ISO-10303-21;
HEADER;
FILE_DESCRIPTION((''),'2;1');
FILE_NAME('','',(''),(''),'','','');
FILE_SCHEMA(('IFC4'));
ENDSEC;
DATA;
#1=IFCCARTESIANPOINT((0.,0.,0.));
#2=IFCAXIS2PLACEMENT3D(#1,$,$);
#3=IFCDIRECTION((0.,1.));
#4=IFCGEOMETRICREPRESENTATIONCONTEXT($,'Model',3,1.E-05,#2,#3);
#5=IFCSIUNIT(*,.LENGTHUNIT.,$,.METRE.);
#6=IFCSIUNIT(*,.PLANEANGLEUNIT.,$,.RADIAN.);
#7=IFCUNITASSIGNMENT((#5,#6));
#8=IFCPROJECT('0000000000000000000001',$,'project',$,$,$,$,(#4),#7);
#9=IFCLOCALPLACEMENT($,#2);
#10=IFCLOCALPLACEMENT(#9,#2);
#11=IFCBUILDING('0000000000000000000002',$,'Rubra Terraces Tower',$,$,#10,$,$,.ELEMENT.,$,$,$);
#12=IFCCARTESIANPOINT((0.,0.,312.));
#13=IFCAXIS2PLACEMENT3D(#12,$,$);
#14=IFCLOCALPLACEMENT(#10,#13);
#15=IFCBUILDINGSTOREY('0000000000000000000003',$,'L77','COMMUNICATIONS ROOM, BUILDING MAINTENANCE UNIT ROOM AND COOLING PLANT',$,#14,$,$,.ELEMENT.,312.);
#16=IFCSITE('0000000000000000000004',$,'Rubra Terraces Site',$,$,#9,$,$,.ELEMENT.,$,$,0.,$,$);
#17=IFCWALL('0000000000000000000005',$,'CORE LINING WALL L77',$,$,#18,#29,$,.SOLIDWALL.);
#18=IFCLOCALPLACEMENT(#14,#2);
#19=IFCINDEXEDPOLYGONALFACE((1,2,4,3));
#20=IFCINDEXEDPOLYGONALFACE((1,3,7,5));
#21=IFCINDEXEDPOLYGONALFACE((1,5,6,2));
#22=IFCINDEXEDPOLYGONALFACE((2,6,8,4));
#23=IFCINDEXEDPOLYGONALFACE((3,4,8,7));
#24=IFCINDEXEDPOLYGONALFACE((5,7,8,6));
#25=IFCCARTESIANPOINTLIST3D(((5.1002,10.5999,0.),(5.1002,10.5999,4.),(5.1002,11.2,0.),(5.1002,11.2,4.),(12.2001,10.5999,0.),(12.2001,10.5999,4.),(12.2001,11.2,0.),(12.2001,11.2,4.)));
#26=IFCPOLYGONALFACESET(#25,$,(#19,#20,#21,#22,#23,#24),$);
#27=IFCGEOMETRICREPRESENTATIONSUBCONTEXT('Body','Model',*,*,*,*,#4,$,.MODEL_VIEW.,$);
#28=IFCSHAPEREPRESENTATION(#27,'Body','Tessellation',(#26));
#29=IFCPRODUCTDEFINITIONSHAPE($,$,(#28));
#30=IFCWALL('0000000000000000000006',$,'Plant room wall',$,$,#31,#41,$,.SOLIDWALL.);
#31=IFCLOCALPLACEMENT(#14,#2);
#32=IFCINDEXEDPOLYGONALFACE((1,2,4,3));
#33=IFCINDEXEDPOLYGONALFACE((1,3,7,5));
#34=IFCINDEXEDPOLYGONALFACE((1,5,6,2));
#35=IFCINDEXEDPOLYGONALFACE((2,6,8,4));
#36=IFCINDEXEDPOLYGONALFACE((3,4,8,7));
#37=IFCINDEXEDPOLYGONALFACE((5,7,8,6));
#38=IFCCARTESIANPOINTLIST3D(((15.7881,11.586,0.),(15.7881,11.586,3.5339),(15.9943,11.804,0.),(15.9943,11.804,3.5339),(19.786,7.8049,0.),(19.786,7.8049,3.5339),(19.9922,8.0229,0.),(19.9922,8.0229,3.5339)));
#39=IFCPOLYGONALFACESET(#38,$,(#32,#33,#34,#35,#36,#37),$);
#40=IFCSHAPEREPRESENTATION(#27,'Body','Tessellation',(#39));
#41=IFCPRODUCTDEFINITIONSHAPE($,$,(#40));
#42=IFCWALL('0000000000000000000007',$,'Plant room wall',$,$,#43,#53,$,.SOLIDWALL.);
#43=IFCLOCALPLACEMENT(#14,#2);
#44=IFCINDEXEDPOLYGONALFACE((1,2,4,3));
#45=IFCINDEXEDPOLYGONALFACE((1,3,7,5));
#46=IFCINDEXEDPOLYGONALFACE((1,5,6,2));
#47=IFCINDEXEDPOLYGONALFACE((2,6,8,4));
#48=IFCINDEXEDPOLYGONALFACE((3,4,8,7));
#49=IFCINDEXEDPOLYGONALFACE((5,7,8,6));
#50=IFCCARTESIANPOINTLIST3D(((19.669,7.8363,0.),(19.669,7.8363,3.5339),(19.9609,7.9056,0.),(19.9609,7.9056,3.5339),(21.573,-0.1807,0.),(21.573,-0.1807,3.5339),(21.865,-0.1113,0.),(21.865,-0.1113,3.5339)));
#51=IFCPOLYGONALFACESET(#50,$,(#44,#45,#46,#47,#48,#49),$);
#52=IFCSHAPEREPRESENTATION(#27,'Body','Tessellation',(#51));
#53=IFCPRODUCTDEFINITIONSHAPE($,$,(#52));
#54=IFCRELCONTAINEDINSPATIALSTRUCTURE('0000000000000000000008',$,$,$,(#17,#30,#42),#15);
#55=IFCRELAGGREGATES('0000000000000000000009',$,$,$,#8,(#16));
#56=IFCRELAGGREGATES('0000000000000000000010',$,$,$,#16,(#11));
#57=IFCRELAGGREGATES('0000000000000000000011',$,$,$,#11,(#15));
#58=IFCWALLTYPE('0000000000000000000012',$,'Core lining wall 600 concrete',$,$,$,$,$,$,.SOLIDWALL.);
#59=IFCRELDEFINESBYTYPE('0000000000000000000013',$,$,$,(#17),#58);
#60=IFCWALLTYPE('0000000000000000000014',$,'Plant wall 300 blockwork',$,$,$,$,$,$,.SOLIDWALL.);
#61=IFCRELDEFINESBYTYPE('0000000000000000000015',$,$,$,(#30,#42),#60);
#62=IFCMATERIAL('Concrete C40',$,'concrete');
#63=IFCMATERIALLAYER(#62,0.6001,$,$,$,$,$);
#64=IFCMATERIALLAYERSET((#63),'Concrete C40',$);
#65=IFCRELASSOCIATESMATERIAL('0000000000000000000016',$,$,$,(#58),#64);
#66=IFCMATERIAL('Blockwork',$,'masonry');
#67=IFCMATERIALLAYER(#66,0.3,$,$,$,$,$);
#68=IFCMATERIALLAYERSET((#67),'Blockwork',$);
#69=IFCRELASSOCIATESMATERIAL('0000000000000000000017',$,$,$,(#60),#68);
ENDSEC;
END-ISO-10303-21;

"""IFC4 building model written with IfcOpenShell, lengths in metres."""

from ifc_helpers import new_model, si_unit, direction, frame, frame_2d, origin, place, context, subcontext, project, spatial, rectangle, extrude, material, layer, layer_set, type_object, element, save


model = new_model("IFC4")

# Units and contexts
model_context = context("Model", 3, precision=1e-05, world=origin(), true_north=direction((0.0, 1.0)))
body_context = subcontext(model_context, "Body", "Model", "MODEL_VIEW")
ifc_project = project(units=[si_unit("LENGTHUNIT", "METRE"), si_unit("PLANEANGLEUNIT", "RADIAN")], contexts=[model_context])

# Site, building, storey
site_placement = place(None, origin())
site = spatial("IfcSite", under=ifc_project, at=site_placement, Name="Rubra Terraces Site", CompositionType="ELEMENT", RefElevation=0.0)
building_placement = place(site_placement, origin())
building = spatial("IfcBuilding", under=site, at=building_placement, Name="Rubra Terraces Tower", CompositionType="ELEMENT")
storey_placement = place(building_placement, frame((0.0, 0.0, 312.0)))
storey = spatial("IfcBuildingStorey", under=building, at=storey_placement, Name="L77", Description="COMMUNICATIONS ROOM, BUILDING MAINTENANCE UNIT ROOM AND COOLING PLANT", CompositionType="ELEMENT", Elevation=312.0)

# Walls
ifc_material_1 = material(Name="Concrete C40", Category="concrete")
ifc_layer_1 = layer(ifc_material_1, 0.6001)
ifc_layer_set_1 = layer_set([ifc_layer_1], Name="Concrete C40")
wall_type_1 = type_object("IfcWallType", Name="Core lining wall 600 concrete", PredefinedType="SOLIDWALL", material=ifc_layer_set_1)
wall_1_placement = place(storey_placement, frame((12.2, 10.8999, 0.0), z_axis=(0.0, 0.0, 1.0), x_axis=(-1.0, 0.0, 0.0)))
element("IfcWall", 1, at=wall_1_placement, inside=storey, type_object=wall_type_1, Name="CORE LINING WALL L77", PredefinedType="SOLIDWALL", context=body_context, shape_type="SweptSolid", body=[
    extrude(rectangle(XDim=7.0999, YDim=0.6001, at=frame_2d((3.5498, 0.0))), origin(), (0.0, 0.0, 1.0), 4.0),
])
ifc_material_2 = material(Name="Blockwork", Category="masonry")
ifc_layer_2 = layer(ifc_material_2, 0.3)
ifc_layer_set_2 = layer_set([ifc_layer_2], Name="Blockwork")
wall_type_2 = type_object("IfcWallType", Name="Plant wall 300 blockwork", PredefinedType="SOLIDWALL", material=ifc_layer_set_2)
wall_2_placement = place(storey_placement, frame((15.8911, 11.6951, 0.0), z_axis=(0.0, 0.0, 1.0), x_axis=(0.726532, -0.687133, 0.0)))
element("IfcWall", 2, at=wall_2_placement, inside=storey, type_object=wall_type_2, Name="Plant room wall", PredefinedType="SOLIDWALL", context=body_context, shape_type="SweptSolid", body=[
    extrude(rectangle(XDim=5.5027, YDim=0.3, at=frame_2d((2.7515, 0.0))), origin(), (0.0, 0.0, 1.0), 3.5339),
])
wall_3_placement = place(storey_placement, frame((19.8149, 7.8711, 0.0), z_axis=(0.0, 0.0, 1.0), x_axis=(0.231072, -0.972937, 0.0)))
element("IfcWall", 3, at=wall_3_placement, inside=storey, type_object=wall_type_2, Name="Plant room wall", PredefinedType="SOLIDWALL", context=body_context, shape_type="SweptSolid", body=[
    extrude(rectangle(XDim=8.24, YDim=0.3, at=frame_2d((4.1201, 0.0))), origin(), (0.0, 0.0, 1.0), 3.5339),
])

save(model, "model.ifc")
